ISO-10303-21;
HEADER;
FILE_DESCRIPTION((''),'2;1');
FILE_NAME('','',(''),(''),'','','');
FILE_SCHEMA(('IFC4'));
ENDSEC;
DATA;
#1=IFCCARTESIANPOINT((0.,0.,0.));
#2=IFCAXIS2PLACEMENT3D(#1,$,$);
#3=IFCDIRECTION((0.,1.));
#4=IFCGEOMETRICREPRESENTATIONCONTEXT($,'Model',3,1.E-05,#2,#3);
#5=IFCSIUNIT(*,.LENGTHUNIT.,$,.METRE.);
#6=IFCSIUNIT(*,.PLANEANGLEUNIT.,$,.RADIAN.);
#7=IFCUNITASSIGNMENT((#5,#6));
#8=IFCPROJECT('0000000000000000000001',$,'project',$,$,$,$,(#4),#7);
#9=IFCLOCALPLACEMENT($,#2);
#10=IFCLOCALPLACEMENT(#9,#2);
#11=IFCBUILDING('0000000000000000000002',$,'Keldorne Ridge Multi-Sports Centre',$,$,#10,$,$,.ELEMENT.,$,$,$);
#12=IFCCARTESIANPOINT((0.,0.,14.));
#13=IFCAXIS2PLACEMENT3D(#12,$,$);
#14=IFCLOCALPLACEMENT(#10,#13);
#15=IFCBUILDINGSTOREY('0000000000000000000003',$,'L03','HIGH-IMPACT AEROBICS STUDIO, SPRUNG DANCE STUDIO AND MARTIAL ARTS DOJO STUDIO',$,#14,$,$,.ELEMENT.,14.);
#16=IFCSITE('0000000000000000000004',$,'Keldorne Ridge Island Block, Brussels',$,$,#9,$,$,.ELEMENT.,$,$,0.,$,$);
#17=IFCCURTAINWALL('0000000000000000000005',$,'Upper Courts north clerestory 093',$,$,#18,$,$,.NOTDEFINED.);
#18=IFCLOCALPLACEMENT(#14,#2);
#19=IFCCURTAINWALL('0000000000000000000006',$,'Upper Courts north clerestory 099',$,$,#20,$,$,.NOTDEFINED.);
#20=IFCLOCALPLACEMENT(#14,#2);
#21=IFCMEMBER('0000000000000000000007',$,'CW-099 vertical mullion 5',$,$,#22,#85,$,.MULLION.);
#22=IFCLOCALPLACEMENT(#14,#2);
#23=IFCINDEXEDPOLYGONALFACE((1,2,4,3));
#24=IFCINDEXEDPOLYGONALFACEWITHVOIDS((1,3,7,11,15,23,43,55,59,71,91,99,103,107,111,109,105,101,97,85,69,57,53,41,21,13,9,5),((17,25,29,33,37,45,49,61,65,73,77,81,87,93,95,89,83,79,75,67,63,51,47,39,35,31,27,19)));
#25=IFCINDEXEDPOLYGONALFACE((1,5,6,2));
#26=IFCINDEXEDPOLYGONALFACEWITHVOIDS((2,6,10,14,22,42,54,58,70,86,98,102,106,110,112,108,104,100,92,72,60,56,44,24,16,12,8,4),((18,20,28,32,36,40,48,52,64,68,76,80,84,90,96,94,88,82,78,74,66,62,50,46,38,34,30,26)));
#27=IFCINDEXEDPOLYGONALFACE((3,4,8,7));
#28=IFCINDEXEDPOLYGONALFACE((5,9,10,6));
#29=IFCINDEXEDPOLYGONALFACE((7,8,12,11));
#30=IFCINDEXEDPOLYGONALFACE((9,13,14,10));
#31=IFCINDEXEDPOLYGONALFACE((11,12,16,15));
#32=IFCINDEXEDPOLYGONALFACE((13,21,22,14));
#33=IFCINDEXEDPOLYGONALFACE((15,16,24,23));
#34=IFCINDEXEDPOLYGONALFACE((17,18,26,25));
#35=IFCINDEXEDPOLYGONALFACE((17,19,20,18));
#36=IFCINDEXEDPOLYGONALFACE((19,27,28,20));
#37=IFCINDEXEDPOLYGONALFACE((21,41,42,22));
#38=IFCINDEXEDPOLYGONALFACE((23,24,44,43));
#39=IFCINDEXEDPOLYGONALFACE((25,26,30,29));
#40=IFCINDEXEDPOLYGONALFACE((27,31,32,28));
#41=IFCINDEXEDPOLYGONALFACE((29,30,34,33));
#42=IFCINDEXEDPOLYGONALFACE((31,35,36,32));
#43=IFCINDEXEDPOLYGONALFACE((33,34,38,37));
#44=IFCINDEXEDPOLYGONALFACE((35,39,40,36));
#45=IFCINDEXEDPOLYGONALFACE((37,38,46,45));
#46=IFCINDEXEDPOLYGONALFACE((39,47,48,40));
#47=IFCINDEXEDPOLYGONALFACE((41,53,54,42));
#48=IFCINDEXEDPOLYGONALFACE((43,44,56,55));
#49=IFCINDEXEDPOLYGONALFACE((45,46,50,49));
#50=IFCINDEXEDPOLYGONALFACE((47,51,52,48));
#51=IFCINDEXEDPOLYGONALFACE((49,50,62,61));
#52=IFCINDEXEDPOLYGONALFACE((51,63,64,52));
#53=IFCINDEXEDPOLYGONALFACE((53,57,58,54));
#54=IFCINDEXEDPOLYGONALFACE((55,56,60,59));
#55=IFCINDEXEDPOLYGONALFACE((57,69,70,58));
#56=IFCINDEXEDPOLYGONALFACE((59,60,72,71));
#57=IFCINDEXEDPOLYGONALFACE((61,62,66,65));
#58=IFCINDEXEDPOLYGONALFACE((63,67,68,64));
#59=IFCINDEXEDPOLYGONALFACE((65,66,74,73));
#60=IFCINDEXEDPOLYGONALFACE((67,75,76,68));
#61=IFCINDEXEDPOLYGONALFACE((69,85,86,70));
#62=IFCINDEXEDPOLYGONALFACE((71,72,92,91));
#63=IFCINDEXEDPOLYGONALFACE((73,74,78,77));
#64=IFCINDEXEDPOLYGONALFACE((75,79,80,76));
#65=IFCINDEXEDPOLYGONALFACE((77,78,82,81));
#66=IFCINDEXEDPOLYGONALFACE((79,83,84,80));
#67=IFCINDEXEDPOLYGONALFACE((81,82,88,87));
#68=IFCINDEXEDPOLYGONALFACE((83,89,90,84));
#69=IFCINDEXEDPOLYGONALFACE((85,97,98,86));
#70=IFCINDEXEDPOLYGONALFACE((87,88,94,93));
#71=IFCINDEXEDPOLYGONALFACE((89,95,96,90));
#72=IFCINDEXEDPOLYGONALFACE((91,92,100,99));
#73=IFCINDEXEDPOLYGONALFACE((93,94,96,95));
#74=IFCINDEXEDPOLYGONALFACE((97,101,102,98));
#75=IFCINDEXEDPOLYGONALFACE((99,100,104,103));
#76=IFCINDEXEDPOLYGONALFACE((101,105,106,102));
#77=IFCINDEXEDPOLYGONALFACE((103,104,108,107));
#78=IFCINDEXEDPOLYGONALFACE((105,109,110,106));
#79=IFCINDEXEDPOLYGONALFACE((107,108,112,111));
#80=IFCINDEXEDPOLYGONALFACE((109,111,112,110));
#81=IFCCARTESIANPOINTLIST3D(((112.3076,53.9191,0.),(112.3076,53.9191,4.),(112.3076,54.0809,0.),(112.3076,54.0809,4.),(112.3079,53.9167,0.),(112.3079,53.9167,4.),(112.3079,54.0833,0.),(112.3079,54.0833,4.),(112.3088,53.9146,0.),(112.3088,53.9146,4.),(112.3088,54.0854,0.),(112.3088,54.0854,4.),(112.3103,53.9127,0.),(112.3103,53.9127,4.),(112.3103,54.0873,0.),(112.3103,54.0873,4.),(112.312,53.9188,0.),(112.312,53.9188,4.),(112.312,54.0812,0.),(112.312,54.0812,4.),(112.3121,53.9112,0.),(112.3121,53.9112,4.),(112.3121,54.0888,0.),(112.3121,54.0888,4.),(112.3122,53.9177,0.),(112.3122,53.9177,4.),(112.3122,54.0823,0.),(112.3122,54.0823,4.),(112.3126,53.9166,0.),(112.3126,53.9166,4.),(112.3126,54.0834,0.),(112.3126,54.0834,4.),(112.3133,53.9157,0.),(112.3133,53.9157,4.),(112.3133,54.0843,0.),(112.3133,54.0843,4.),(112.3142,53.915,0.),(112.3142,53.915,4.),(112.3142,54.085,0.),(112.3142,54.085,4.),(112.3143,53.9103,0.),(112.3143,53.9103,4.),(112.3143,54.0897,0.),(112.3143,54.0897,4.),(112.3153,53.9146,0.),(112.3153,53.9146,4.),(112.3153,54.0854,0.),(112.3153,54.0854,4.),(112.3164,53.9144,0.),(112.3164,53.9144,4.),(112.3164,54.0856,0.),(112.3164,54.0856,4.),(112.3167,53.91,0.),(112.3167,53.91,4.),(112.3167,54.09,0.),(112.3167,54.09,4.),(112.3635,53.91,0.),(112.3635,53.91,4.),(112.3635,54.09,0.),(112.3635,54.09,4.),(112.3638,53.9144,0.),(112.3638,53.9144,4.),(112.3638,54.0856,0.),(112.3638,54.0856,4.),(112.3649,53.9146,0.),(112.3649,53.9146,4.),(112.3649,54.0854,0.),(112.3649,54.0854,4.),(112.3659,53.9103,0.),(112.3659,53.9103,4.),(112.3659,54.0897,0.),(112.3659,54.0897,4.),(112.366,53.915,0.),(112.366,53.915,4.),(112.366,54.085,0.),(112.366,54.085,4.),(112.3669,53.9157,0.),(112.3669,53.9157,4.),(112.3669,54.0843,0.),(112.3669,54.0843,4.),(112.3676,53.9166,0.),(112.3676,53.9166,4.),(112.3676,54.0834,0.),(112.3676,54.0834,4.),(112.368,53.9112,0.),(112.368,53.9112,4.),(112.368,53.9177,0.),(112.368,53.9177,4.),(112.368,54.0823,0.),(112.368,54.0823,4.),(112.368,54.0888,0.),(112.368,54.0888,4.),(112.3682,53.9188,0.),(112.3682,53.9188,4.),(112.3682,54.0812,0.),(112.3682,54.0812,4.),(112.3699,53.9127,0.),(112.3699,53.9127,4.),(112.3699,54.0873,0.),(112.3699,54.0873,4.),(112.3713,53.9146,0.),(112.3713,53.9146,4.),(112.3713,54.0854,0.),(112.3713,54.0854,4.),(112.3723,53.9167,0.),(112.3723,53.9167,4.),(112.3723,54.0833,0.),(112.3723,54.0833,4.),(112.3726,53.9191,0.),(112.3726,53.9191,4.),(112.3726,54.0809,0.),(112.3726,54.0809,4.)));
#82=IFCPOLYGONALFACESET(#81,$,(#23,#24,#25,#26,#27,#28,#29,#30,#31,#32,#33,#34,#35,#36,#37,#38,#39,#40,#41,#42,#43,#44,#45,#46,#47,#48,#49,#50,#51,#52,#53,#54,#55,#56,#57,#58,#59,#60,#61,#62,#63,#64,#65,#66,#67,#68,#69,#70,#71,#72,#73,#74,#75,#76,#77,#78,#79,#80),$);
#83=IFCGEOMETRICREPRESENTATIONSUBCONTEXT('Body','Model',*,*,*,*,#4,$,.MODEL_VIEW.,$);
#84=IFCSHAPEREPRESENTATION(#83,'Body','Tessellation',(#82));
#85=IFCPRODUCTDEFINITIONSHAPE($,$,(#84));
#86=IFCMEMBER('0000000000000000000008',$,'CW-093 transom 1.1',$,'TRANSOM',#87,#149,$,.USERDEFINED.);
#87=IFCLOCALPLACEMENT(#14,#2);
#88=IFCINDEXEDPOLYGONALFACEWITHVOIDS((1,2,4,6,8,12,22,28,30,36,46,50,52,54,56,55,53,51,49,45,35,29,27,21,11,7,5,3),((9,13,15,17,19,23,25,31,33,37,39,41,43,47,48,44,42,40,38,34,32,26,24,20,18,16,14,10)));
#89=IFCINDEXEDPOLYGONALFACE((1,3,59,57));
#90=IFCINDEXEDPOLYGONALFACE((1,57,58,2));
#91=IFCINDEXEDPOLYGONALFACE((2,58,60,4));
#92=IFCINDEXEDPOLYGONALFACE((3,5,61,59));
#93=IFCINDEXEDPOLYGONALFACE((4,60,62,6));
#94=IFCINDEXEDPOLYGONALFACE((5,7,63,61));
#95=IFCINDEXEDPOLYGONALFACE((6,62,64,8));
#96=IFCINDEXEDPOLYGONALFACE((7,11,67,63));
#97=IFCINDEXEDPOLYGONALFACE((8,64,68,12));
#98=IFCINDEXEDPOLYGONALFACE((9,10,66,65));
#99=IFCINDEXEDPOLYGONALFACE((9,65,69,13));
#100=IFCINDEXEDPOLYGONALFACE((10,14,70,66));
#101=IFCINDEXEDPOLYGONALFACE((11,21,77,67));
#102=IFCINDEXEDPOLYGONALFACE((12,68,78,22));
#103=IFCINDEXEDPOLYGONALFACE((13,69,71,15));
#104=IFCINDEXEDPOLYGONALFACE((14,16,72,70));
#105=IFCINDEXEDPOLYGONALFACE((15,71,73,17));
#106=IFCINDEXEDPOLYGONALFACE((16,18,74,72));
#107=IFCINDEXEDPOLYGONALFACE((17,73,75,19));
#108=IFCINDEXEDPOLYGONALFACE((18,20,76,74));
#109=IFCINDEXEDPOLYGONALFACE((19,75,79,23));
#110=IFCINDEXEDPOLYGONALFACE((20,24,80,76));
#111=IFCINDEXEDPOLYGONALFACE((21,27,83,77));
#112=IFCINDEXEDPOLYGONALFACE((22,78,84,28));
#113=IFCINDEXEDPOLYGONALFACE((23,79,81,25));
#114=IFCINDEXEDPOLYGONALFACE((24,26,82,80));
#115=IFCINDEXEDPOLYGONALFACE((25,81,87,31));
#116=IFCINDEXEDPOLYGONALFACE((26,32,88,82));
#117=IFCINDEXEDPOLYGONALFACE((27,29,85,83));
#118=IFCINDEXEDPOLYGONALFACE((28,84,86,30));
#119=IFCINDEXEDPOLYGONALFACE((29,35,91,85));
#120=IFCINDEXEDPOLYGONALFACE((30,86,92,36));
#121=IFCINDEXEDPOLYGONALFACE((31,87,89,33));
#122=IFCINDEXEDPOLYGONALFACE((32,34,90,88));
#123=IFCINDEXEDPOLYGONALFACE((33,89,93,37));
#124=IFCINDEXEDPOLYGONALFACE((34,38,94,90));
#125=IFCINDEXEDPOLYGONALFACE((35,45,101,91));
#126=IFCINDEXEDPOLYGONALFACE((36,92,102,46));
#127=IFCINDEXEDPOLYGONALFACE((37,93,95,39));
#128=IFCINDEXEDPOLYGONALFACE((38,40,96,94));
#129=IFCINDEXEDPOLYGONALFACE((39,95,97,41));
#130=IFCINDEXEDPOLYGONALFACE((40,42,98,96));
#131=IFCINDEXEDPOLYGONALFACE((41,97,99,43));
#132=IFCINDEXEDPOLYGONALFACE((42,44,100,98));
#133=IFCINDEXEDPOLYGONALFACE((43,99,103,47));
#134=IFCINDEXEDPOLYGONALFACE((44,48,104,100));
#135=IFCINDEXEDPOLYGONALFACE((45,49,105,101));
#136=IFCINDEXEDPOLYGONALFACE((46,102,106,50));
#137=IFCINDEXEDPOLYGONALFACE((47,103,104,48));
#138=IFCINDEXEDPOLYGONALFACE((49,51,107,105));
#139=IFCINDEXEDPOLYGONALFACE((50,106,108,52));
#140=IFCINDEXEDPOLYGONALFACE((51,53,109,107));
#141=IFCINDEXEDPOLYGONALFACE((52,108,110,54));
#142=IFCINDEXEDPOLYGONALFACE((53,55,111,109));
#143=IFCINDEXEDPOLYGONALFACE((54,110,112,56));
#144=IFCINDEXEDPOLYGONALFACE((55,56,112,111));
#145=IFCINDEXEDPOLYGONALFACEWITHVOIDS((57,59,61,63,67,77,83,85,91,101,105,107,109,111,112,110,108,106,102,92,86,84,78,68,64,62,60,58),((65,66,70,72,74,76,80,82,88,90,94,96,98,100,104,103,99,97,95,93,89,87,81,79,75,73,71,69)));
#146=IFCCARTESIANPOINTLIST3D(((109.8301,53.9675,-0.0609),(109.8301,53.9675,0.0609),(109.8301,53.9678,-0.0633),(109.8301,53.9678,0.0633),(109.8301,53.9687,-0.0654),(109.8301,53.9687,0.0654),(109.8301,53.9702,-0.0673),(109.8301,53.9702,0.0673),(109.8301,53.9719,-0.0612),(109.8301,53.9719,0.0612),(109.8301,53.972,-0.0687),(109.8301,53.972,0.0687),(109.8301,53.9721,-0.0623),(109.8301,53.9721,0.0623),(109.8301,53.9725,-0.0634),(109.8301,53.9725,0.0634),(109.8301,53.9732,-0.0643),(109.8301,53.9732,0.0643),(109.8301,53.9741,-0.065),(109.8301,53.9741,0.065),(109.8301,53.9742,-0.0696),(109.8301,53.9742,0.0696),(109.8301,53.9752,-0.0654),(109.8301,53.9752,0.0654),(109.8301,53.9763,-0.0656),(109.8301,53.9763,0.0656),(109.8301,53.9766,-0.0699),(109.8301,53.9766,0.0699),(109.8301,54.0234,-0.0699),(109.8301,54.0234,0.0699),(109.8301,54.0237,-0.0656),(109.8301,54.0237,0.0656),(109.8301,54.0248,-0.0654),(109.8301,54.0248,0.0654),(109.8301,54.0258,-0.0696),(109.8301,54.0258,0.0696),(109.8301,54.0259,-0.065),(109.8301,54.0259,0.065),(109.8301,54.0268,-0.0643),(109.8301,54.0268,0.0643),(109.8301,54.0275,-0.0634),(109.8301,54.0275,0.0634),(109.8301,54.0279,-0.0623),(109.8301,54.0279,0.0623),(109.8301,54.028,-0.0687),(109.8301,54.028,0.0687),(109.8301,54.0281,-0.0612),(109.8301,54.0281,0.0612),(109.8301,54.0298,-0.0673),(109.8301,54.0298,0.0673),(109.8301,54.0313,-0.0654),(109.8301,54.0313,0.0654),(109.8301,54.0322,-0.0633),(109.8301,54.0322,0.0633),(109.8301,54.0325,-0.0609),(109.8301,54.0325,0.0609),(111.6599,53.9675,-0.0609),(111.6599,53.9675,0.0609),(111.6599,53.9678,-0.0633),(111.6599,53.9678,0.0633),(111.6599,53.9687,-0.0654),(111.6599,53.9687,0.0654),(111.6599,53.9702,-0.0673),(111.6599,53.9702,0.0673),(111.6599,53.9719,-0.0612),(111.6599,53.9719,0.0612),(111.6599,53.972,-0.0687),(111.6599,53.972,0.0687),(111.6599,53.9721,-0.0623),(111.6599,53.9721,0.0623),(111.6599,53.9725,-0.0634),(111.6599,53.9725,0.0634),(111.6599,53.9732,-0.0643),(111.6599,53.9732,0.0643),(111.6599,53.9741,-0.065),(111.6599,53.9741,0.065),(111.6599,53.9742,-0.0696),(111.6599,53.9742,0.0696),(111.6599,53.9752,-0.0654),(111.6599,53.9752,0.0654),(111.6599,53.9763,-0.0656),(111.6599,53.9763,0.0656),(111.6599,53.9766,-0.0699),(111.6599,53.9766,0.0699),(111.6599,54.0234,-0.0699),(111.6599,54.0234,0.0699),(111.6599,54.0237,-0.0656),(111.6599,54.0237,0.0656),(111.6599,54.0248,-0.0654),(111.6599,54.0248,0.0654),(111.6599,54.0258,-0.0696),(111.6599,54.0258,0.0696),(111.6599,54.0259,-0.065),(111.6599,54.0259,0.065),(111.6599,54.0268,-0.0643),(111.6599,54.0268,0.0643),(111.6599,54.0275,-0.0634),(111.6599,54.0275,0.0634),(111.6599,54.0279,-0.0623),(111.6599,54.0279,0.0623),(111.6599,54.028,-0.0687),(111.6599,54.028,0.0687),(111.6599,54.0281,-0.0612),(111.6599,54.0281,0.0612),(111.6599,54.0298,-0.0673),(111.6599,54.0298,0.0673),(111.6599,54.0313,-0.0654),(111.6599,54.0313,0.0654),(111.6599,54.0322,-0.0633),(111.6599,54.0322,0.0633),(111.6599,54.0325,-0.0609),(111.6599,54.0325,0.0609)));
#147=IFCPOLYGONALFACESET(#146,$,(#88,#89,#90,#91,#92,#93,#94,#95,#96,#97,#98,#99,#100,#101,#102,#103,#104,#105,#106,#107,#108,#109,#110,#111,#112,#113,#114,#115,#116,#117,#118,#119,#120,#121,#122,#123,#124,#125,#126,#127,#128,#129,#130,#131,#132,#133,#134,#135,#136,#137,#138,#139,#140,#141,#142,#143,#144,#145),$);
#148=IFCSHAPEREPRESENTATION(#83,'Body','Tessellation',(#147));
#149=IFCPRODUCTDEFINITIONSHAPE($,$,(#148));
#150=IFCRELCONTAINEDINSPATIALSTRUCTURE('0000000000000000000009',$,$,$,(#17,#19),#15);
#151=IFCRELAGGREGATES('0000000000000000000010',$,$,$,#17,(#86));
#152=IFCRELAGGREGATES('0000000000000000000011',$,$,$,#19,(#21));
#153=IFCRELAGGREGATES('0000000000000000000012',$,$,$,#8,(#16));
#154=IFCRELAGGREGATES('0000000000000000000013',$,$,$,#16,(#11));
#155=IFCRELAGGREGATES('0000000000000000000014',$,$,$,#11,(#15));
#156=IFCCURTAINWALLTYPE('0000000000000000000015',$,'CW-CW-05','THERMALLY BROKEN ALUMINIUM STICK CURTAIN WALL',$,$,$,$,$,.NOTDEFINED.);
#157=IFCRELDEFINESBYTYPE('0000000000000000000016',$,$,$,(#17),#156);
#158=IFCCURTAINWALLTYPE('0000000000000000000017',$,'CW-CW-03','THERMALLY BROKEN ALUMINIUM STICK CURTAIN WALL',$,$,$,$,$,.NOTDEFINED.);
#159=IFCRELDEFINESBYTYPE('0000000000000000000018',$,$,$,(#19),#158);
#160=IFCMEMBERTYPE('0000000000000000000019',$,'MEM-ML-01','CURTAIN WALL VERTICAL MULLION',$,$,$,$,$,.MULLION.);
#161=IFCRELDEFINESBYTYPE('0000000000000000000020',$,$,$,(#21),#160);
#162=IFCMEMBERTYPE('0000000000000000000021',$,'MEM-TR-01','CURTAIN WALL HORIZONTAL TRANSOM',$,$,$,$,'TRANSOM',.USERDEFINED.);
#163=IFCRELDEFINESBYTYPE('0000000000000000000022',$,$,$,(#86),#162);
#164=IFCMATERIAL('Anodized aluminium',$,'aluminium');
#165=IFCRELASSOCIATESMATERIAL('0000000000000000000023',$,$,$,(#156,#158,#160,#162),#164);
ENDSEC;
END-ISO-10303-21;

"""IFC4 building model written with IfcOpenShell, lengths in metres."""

from ifc_helpers import new_model, si_unit, direction, frame, origin, origin_2d, place, context, subcontext, project, spatial, hollow_rectangle, extrude, material, material_profile, profile_set, type_object, element, aggregate, save


model = new_model("IFC4")

# Units and contexts
model_context = context("Model", 3, precision=1e-05, world=origin(), true_north=direction((0.0, 1.0)))
body_context = subcontext(model_context, "Body", "Model", "MODEL_VIEW")
ifc_project = project(units=[si_unit("LENGTHUNIT", "METRE"), si_unit("PLANEANGLEUNIT", "RADIAN")], contexts=[model_context])

# Site, building, storey
site_placement = place(None, origin())
site = spatial("IfcSite", under=ifc_project, at=site_placement, Name="Keldorne Ridge Island Block, Brussels", CompositionType="ELEMENT", RefElevation=0.0)
building_placement = place(site_placement, origin())
building = spatial("IfcBuilding", under=site, at=building_placement, Name="Keldorne Ridge Multi-Sports Centre", CompositionType="ELEMENT")
storey_placement = place(building_placement, frame((0.0, 0.0, 14.0)))
storey = spatial("IfcBuildingStorey", under=building, at=storey_placement, Name="L03", Description="HIGH-IMPACT AEROBICS STUDIO, SPRUNG DANCE STUDIO AND MARTIAL ARTS DOJO STUDIO", CompositionType="ELEMENT", Elevation=14.0)

# Curtain wall
ifc_material_1 = material(Name="Anodized aluminium", Category="aluminium")
curtain_wall_type_1 = type_object("IfcCurtainWallType", Name="CW-CW-05", Description="THERMALLY BROKEN ALUMINIUM STICK CURTAIN WALL", PredefinedType="NOTDEFINED", material=ifc_material_1)
curtain_wall_1_placement = place(storey_placement, origin())
curtain_wall_1 = element("IfcCurtainWall", 1, at=curtain_wall_1_placement, inside=storey, type_object=curtain_wall_type_1, Name="Upper Courts north clerestory 093", PredefinedType="NOTDEFINED")
ifc_material_profile_1 = material_profile(ifc_material_1, hollow_rectangle(XDim=0.0649, YDim=0.1799, WallThickness=0.0044, InnerFilletRadius=0.0044, OuterFilletRadius=0.009, at=origin_2d()), Name="ALU MULLION 180x65x4.5")
ifc_profile_set_1 = profile_set([ifc_material_profile_1], Name="Anodized aluminium")
member_type_1 = type_object("IfcMemberType", Name="MEM-ML-01", Description="CURTAIN WALL VERTICAL MULLION", PredefinedType="MULLION", material=ifc_profile_set_1)

# Curtain wall, member
curtain_wall_type_2 = type_object("IfcCurtainWallType", Name="CW-CW-03", Description="THERMALLY BROKEN ALUMINIUM STICK CURTAIN WALL", PredefinedType="NOTDEFINED", material=ifc_material_1)
curtain_wall_2_placement = place(storey_placement, origin())
curtain_wall_2 = element("IfcCurtainWall", 2, at=curtain_wall_2_placement, inside=storey, type_object=curtain_wall_type_2, Name="Upper Courts north clerestory 099", PredefinedType="NOTDEFINED")
member_1_placement = place(storey_placement, frame((112.3401, 54.0, 0.0), z_axis=(0.0, 0.0, 1.0), x_axis=(1.0, 0.0, 0.0)))
member_1 = element("IfcMember", 3, at=member_1_placement, type_object=member_type_1, Name="CW-099 vertical mullion 5", PredefinedType="MULLION", context=body_context, shape_type="SweptSolid", body=[
    extrude(hollow_rectangle(XDim=0.0649, YDim=0.1799, WallThickness=0.0044, InnerFilletRadius=0.0044, OuterFilletRadius=0.009, at=origin_2d()), origin(), (0.0, 0.0, 1.0), 4.0),
])

# Member
ifc_material_profile_2 = material_profile(ifc_material_1, hollow_rectangle(XDim=0.0649, YDim=0.1399, WallThickness=0.0044, InnerFilletRadius=0.0044, OuterFilletRadius=0.009, at=origin_2d()), Name="ALU TRANSOM 140x65x4.5")
ifc_profile_set_2 = profile_set([ifc_material_profile_2], Name="Anodized aluminium")
member_type_2 = type_object("IfcMemberType", Name="MEM-TR-01", Description="CURTAIN WALL HORIZONTAL TRANSOM", ElementType="TRANSOM", PredefinedType="USERDEFINED", material=ifc_profile_set_2)
member_2_placement = place(storey_placement, frame((111.6599, 54.0, 0.0), z_axis=(-1.0, 0.0, 0.0), x_axis=(0.0, -1.0, 0.0)))
member_2 = element("IfcMember", 4, at=member_2_placement, type_object=member_type_2, Name="CW-093 transom 1.1", ObjectType="TRANSOM", PredefinedType="USERDEFINED", context=body_context, shape_type="SweptSolid", body=[
    extrude(hollow_rectangle(XDim=0.0649, YDim=0.1399, WallThickness=0.0044, InnerFilletRadius=0.0044, OuterFilletRadius=0.009, at=origin_2d()), origin(), (0.0, 0.0, 1.0), 1.8298),
])

aggregate(curtain_wall_1, [member_2])
aggregate(curtain_wall_2, [member_1])

save(model, "model.ifc")
